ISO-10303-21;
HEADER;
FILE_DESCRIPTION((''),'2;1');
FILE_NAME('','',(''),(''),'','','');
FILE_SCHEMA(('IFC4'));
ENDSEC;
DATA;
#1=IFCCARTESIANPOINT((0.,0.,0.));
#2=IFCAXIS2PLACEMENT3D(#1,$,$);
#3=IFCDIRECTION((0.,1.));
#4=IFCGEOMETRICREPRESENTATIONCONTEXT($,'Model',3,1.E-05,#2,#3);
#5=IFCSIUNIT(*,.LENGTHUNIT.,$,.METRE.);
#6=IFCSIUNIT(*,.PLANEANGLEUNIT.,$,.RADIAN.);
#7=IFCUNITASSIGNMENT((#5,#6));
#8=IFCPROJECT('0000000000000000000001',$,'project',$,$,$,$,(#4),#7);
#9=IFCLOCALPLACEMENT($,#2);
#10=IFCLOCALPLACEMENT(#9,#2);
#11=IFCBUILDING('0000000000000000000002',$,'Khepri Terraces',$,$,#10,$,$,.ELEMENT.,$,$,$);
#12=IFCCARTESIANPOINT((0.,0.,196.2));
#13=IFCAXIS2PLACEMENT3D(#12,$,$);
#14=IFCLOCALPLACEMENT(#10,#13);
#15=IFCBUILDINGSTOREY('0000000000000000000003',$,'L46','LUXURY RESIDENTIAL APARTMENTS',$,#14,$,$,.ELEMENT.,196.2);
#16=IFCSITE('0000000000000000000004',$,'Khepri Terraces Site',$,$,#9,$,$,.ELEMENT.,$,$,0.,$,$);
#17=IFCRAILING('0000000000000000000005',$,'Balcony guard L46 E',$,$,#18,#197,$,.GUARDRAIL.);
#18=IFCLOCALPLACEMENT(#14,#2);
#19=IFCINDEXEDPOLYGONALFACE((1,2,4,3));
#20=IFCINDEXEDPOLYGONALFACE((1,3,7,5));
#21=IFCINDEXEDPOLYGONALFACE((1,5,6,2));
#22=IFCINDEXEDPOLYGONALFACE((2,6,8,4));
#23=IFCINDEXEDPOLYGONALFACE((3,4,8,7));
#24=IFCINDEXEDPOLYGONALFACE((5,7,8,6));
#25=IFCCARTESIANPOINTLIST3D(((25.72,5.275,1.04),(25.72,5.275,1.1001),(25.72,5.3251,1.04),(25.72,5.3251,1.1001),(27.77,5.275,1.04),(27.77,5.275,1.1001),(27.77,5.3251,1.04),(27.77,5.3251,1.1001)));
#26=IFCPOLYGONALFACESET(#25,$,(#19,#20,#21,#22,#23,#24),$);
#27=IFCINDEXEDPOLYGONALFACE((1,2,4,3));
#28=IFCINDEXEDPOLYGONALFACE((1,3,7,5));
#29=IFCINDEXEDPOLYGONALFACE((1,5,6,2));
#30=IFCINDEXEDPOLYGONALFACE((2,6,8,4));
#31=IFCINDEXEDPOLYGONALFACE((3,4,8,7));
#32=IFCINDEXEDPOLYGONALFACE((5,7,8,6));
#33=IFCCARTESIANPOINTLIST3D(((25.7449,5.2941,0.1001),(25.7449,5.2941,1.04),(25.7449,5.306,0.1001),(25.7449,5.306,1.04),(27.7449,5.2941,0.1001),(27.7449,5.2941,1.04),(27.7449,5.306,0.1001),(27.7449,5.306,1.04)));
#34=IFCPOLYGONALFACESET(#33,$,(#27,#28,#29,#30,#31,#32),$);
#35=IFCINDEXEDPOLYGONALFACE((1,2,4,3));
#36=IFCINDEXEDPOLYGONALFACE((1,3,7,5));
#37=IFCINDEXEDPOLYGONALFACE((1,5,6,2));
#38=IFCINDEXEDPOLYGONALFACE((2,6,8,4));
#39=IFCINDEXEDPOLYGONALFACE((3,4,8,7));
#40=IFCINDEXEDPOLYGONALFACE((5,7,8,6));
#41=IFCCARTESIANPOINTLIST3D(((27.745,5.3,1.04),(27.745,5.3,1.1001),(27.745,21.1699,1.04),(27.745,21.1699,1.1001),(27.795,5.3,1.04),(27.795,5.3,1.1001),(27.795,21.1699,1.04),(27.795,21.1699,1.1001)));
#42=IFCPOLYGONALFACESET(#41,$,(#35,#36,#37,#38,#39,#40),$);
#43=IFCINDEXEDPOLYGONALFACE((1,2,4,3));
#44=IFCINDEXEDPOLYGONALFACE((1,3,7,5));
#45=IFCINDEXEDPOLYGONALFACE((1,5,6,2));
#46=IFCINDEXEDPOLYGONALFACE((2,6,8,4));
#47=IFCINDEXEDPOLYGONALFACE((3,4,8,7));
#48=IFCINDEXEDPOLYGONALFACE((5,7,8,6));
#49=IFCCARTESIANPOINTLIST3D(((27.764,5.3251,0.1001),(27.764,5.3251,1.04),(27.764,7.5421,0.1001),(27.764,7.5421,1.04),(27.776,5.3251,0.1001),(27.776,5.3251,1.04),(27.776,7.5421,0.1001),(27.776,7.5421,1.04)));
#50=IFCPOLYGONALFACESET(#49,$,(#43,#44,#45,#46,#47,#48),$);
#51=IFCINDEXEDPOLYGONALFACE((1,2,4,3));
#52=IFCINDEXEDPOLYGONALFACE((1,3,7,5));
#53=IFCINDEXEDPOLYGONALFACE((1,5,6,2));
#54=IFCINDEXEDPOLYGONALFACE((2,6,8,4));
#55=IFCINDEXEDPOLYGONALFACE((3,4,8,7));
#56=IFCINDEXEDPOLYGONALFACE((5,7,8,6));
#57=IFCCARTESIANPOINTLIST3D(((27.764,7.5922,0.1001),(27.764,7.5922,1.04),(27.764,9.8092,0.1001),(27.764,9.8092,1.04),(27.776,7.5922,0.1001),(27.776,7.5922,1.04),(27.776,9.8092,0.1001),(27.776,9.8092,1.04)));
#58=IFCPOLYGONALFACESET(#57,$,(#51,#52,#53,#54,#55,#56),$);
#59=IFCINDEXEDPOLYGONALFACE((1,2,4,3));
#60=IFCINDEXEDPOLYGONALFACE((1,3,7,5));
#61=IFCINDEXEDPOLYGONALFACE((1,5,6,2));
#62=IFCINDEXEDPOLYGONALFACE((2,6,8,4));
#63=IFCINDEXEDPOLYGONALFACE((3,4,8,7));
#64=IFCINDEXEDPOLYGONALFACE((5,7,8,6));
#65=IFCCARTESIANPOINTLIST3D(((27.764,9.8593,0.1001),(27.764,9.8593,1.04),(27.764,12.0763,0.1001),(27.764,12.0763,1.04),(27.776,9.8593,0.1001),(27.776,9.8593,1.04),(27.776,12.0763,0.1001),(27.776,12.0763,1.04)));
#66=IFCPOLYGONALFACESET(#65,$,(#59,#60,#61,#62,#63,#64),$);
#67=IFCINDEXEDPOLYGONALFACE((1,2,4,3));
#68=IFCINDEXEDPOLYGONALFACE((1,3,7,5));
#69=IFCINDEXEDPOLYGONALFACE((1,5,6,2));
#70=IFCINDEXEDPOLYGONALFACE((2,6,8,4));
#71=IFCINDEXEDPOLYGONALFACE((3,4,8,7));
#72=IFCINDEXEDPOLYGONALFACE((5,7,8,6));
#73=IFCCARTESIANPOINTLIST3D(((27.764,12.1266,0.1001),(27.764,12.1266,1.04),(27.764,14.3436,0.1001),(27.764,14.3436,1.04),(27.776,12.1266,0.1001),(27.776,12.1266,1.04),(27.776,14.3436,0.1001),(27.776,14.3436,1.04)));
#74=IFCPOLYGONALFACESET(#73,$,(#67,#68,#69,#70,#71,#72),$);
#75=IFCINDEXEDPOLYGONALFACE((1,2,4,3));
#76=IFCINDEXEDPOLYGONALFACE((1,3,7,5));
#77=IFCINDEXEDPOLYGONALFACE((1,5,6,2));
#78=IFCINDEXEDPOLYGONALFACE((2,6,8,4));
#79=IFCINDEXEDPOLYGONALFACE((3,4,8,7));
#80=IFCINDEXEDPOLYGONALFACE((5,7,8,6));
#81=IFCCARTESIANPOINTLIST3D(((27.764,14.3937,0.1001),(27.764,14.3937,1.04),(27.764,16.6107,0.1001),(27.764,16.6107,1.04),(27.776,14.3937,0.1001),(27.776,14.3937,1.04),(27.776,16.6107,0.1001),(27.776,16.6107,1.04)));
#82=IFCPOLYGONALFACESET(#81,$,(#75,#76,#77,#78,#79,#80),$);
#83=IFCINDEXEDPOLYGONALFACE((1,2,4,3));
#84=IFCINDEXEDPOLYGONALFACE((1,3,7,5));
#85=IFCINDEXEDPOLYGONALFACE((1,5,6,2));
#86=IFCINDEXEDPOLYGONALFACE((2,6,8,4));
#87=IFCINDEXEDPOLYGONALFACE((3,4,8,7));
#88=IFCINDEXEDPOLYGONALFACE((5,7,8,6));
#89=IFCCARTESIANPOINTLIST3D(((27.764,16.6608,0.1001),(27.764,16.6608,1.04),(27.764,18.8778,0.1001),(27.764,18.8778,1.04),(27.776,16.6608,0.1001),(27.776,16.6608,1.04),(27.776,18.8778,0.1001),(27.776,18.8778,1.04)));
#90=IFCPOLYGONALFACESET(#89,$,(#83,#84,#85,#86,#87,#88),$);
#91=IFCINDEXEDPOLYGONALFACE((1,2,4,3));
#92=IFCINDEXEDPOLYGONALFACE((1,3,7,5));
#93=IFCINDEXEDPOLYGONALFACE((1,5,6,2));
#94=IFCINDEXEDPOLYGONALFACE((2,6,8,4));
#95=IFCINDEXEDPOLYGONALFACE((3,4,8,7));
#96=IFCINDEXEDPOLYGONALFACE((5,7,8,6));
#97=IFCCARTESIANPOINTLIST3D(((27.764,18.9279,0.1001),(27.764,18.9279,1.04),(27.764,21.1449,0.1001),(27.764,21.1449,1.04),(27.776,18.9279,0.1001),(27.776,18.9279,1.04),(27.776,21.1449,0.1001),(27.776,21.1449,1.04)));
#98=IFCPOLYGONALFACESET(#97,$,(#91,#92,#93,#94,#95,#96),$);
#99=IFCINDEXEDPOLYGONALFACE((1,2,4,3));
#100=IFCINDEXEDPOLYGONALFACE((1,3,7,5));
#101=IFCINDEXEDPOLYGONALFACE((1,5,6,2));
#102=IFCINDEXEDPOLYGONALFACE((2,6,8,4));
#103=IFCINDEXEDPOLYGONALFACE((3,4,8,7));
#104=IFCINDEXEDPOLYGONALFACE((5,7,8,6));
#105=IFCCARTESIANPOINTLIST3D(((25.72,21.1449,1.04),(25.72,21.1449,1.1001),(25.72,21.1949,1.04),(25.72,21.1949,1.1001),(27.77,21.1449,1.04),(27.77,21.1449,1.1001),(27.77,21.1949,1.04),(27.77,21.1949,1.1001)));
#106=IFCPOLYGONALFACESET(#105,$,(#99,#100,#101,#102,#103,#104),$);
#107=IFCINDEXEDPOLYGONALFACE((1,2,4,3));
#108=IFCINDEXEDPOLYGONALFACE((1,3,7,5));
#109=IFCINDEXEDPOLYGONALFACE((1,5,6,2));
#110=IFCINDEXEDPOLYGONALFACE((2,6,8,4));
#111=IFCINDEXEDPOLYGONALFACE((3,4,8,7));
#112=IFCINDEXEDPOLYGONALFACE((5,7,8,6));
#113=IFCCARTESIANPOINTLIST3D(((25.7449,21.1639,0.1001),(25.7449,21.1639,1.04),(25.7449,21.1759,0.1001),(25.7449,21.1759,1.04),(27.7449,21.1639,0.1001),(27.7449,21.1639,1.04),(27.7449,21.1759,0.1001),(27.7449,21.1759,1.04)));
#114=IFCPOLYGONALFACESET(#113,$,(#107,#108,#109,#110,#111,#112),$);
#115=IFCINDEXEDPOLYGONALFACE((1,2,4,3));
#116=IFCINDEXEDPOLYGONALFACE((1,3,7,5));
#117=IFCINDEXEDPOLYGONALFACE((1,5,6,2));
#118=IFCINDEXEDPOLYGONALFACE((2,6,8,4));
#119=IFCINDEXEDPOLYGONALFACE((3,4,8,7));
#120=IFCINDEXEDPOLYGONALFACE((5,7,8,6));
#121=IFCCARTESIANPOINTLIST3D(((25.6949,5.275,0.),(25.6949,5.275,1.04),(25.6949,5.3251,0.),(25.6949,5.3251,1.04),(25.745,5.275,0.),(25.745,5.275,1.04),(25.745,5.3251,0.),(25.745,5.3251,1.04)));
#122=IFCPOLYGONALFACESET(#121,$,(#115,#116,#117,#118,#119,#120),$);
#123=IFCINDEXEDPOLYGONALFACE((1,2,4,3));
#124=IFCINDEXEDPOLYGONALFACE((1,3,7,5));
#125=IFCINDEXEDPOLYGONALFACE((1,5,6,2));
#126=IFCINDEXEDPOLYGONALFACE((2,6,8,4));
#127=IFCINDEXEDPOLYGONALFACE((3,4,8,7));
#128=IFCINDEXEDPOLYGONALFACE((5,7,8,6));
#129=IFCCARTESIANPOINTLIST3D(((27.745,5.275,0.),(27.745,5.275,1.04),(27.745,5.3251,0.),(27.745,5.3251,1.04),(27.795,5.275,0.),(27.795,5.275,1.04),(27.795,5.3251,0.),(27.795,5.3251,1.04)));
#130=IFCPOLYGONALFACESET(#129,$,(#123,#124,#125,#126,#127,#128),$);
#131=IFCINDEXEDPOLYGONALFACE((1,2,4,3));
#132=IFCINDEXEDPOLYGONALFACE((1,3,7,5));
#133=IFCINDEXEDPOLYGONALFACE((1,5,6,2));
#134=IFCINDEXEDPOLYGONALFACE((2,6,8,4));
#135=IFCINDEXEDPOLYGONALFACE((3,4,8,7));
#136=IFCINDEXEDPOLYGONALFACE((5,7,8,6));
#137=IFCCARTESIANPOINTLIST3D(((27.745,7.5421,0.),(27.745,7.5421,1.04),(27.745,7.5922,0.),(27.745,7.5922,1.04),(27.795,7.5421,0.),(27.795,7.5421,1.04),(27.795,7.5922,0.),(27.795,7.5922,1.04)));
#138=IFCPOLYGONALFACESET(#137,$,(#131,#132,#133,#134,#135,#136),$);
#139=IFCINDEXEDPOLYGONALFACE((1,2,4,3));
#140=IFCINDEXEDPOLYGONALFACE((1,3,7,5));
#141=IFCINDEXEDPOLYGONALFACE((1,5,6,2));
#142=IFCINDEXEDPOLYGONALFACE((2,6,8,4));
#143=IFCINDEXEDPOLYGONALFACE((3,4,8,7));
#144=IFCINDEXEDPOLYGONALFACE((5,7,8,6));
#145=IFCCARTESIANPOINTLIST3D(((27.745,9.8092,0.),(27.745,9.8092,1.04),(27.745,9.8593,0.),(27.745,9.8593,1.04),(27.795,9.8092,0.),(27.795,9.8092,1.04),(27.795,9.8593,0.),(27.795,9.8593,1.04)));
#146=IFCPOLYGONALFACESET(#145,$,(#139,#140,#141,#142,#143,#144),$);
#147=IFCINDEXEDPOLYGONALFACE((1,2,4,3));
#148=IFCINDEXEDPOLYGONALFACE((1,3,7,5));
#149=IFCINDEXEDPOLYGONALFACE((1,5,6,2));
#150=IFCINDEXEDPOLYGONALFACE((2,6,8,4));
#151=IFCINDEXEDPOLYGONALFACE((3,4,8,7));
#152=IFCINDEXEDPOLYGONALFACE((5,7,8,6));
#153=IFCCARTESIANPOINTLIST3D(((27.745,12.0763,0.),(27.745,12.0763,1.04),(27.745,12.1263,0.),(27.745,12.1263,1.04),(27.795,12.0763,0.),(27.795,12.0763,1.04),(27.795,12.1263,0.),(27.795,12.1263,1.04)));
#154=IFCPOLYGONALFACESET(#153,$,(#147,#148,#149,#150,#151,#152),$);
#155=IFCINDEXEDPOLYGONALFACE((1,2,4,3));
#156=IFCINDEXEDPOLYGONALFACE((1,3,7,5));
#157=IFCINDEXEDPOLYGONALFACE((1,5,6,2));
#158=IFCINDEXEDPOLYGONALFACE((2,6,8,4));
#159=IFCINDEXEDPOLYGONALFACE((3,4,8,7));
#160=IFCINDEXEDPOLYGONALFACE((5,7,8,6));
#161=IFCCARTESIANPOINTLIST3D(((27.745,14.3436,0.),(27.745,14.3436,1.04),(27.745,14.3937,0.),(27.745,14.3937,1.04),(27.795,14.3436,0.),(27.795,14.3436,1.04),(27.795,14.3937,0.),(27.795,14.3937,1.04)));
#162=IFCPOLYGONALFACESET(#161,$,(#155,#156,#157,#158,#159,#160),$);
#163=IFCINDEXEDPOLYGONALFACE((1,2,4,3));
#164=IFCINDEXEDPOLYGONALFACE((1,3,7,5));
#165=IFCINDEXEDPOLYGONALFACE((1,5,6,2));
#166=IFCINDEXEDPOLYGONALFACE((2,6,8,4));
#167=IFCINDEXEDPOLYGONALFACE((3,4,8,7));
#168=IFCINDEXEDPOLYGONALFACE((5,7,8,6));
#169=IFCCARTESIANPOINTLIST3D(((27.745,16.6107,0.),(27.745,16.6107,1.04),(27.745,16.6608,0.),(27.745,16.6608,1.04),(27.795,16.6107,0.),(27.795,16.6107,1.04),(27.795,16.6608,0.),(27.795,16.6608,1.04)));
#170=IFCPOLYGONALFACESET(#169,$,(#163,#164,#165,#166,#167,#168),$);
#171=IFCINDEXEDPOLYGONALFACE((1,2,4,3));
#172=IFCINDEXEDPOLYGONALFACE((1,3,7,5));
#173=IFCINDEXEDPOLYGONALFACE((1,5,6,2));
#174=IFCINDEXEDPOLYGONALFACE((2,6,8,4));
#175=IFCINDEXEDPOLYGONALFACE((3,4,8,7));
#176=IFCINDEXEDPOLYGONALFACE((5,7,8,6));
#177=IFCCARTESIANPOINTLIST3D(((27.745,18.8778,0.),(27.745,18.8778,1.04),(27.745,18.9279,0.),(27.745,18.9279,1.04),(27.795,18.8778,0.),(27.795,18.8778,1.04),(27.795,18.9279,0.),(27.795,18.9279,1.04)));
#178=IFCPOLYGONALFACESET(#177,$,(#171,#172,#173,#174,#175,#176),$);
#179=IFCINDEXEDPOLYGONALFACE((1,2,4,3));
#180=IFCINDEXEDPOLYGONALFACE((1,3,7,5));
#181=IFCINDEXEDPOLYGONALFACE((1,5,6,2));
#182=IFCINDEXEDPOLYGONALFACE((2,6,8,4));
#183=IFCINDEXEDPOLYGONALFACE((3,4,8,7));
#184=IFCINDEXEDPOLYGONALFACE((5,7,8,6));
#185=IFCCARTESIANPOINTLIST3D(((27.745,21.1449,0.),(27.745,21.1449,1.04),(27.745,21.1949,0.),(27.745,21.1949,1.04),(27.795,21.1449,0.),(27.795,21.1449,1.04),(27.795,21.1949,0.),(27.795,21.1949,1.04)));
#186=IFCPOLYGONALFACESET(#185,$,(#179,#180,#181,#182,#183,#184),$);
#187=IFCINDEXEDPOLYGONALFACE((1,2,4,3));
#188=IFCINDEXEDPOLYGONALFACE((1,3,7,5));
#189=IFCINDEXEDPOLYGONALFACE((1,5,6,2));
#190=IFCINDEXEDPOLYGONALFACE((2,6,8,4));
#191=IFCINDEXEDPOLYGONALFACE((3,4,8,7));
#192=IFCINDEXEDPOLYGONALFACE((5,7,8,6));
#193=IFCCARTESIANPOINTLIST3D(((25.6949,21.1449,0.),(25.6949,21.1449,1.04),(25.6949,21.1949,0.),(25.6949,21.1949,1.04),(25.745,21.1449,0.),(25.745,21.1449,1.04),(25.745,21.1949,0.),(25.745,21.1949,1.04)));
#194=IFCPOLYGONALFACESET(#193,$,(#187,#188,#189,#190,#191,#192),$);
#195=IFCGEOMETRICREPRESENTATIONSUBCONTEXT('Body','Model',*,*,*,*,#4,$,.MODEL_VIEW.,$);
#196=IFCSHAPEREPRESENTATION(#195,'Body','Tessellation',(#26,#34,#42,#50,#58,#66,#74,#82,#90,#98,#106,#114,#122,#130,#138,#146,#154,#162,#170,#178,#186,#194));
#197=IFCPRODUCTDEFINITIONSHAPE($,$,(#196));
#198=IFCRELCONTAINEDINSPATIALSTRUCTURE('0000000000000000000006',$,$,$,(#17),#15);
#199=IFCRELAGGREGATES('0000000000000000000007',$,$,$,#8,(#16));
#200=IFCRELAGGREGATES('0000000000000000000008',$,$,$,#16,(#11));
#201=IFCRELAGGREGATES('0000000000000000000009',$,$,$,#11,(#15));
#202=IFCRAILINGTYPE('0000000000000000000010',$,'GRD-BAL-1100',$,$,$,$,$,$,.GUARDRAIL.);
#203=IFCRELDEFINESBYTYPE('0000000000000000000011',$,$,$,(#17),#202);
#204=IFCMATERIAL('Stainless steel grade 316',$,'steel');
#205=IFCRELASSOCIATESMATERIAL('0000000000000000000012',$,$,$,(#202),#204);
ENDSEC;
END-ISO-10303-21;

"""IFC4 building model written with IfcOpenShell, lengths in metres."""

from ifc_helpers import new_model, si_unit, direction, frame, origin, origin_2d, place, context, subcontext, project, spatial, rectangle, extrude, material, type_object, element, save


model = new_model("IFC4")

# Units and contexts
model_context = context("Model", 3, precision=1e-05, world=origin(), true_north=direction((0.0, 1.0)))
body_context = subcontext(model_context, "Body", "Model", "MODEL_VIEW")
ifc_project = project(units=[si_unit("LENGTHUNIT", "METRE"), si_unit("PLANEANGLEUNIT", "RADIAN")], contexts=[model_context])

# Site, building, storey
site_placement = place(None, origin())
site = spatial("IfcSite", under=ifc_project, at=site_placement, Name="Khepri Terraces Site", CompositionType="ELEMENT", RefElevation=0.0)
building_placement = place(site_placement, origin())
building = spatial("IfcBuilding", under=site, at=building_placement, Name="Khepri Terraces", CompositionType="ELEMENT")
storey_placement = place(building_placement, frame((0.0, 0.0, 196.2)))
storey = spatial("IfcBuildingStorey", under=building, at=storey_placement, Name="L46", Description="LUXURY RESIDENTIAL APARTMENTS", CompositionType="ELEMENT", Elevation=196.2)

# Railing
ifc_material_1 = material(Name="Stainless steel grade 316", Category="steel")
railing_type_1 = type_object("IfcRailingType", Name="GRD-BAL-1100", PredefinedType="GUARDRAIL", material=ifc_material_1)
railing_1_placement = place(storey_placement, frame((25.72, 5.3, 0.0)))
element("IfcRailing", 1, at=railing_1_placement, inside=storey, type_object=railing_type_1, Name="Balcony guard L46 E", PredefinedType="GUARDRAIL", context=body_context, shape_type="SweptSolid", body=[
    extrude(rectangle(XDim=0.05, YDim=0.0601, at=origin_2d()), frame((0.0, 0.0, 1.0701), z_axis=(1.0, 0.0, 0.0), x_axis=(0.0, 1.0, 0.0)), (0.0, 0.0, 1.0), 2.05),
    extrude(rectangle(XDim=2.0, YDim=0.012, at=origin_2d()), frame((1.0249, 0.0, 0.1001), z_axis=(0.0, 0.0, 1.0), x_axis=(1.0, 0.0, 0.0)), (0.0, 0.0, 1.0), 0.9399),
    extrude(rectangle(XDim=0.05, YDim=0.0601, at=origin_2d()), frame((2.05, 0.0, 1.0701), z_axis=(0.0, 1.0, 0.0), x_axis=(-1.0, 0.0, 0.0)), (0.0, 0.0, 1.0), 15.8699),
    extrude(rectangle(XDim=2.217, YDim=0.012, at=origin_2d()), frame((2.05, 1.1335, 0.1001), z_axis=(0.0, 0.0, 1.0), x_axis=(0.0, 1.0, 0.0)), (0.0, 0.0, 1.0), 0.9399),
    extrude(rectangle(XDim=2.217, YDim=0.012, at=origin_2d()), frame((2.05, 3.4006, 0.1001), z_axis=(0.0, 0.0, 1.0), x_axis=(0.0, 1.0, 0.0)), (0.0, 0.0, 1.0), 0.9399),
    extrude(rectangle(XDim=2.217, YDim=0.012, at=origin_2d()), frame((2.05, 5.6677, 0.1001), z_axis=(0.0, 0.0, 1.0), x_axis=(0.0, 1.0, 0.0)), (0.0, 0.0, 1.0), 0.9399),
    extrude(rectangle(XDim=2.217, YDim=0.012, at=origin_2d()), frame((2.05, 7.9351, 0.1001), z_axis=(0.0, 0.0, 1.0), x_axis=(0.0, 1.0, 0.0)), (0.0, 0.0, 1.0), 0.9399),
    extrude(rectangle(XDim=2.217, YDim=0.012, at=origin_2d()), frame((2.05, 10.2021, 0.1001), z_axis=(0.0, 0.0, 1.0), x_axis=(0.0, 1.0, 0.0)), (0.0, 0.0, 1.0), 0.9399),
    extrude(rectangle(XDim=2.217, YDim=0.012, at=origin_2d()), frame((2.05, 12.4692, 0.1001), z_axis=(0.0, 0.0, 1.0), x_axis=(0.0, 1.0, 0.0)), (0.0, 0.0, 1.0), 0.9399),
    extrude(rectangle(XDim=2.217, YDim=0.012, at=origin_2d()), frame((2.05, 14.7363, 0.1001), z_axis=(0.0, 0.0, 1.0), x_axis=(0.0, 1.0, 0.0)), (0.0, 0.0, 1.0), 0.9399),
    extrude(rectangle(XDim=0.05, YDim=0.0601, at=origin_2d()), frame((2.05, 15.8699, 1.0701), z_axis=(-1.0, 0.0, 0.0), x_axis=(0.0, -1.0, 0.0)), (0.0, 0.0, 1.0), 2.05),
    extrude(rectangle(XDim=2.0, YDim=0.012, at=origin_2d()), frame((1.0249, 15.8699, 0.1001), z_axis=(0.0, 0.0, 1.0), x_axis=(-1.0, 0.0, 0.0)), (0.0, 0.0, 1.0), 0.9399),
    extrude(rectangle(XDim=0.05, YDim=0.05, at=origin_2d()), origin(), (0.0, 0.0, 1.0), 1.04),
    extrude(rectangle(XDim=0.05, YDim=0.05, at=origin_2d()), frame((2.05, 0.0, 0.0)), (0.0, 0.0, 1.0), 1.04),
    extrude(rectangle(XDim=0.05, YDim=0.05, at=origin_2d()), frame((2.05, 2.2671, 0.0)), (0.0, 0.0, 1.0), 1.04),
    extrude(rectangle(XDim=0.05, YDim=0.05, at=origin_2d()), frame((2.05, 4.5342, 0.0)), (0.0, 0.0, 1.0), 1.04),
    extrude(rectangle(XDim=0.05, YDim=0.05, at=origin_2d()), frame((2.05, 6.8013, 0.0)), (0.0, 0.0, 1.0), 1.04),
    extrude(rectangle(XDim=0.05, YDim=0.05, at=origin_2d()), frame((2.05, 9.0686, 0.0)), (0.0, 0.0, 1.0), 1.04),
    extrude(rectangle(XDim=0.05, YDim=0.05, at=origin_2d()), frame((2.05, 11.3357, 0.0)), (0.0, 0.0, 1.0), 1.04),
    extrude(rectangle(XDim=0.05, YDim=0.05, at=origin_2d()), frame((2.05, 13.6028, 0.0)), (0.0, 0.0, 1.0), 1.04),
    extrude(rectangle(XDim=0.05, YDim=0.05, at=origin_2d()), frame((2.05, 15.8699, 0.0)), (0.0, 0.0, 1.0), 1.04),
    extrude(rectangle(XDim=0.05, YDim=0.05, at=origin_2d()), frame((0.0, 15.8699, 0.0)), (0.0, 0.0, 1.0), 1.04),
])

save(model, "model.ifc")
